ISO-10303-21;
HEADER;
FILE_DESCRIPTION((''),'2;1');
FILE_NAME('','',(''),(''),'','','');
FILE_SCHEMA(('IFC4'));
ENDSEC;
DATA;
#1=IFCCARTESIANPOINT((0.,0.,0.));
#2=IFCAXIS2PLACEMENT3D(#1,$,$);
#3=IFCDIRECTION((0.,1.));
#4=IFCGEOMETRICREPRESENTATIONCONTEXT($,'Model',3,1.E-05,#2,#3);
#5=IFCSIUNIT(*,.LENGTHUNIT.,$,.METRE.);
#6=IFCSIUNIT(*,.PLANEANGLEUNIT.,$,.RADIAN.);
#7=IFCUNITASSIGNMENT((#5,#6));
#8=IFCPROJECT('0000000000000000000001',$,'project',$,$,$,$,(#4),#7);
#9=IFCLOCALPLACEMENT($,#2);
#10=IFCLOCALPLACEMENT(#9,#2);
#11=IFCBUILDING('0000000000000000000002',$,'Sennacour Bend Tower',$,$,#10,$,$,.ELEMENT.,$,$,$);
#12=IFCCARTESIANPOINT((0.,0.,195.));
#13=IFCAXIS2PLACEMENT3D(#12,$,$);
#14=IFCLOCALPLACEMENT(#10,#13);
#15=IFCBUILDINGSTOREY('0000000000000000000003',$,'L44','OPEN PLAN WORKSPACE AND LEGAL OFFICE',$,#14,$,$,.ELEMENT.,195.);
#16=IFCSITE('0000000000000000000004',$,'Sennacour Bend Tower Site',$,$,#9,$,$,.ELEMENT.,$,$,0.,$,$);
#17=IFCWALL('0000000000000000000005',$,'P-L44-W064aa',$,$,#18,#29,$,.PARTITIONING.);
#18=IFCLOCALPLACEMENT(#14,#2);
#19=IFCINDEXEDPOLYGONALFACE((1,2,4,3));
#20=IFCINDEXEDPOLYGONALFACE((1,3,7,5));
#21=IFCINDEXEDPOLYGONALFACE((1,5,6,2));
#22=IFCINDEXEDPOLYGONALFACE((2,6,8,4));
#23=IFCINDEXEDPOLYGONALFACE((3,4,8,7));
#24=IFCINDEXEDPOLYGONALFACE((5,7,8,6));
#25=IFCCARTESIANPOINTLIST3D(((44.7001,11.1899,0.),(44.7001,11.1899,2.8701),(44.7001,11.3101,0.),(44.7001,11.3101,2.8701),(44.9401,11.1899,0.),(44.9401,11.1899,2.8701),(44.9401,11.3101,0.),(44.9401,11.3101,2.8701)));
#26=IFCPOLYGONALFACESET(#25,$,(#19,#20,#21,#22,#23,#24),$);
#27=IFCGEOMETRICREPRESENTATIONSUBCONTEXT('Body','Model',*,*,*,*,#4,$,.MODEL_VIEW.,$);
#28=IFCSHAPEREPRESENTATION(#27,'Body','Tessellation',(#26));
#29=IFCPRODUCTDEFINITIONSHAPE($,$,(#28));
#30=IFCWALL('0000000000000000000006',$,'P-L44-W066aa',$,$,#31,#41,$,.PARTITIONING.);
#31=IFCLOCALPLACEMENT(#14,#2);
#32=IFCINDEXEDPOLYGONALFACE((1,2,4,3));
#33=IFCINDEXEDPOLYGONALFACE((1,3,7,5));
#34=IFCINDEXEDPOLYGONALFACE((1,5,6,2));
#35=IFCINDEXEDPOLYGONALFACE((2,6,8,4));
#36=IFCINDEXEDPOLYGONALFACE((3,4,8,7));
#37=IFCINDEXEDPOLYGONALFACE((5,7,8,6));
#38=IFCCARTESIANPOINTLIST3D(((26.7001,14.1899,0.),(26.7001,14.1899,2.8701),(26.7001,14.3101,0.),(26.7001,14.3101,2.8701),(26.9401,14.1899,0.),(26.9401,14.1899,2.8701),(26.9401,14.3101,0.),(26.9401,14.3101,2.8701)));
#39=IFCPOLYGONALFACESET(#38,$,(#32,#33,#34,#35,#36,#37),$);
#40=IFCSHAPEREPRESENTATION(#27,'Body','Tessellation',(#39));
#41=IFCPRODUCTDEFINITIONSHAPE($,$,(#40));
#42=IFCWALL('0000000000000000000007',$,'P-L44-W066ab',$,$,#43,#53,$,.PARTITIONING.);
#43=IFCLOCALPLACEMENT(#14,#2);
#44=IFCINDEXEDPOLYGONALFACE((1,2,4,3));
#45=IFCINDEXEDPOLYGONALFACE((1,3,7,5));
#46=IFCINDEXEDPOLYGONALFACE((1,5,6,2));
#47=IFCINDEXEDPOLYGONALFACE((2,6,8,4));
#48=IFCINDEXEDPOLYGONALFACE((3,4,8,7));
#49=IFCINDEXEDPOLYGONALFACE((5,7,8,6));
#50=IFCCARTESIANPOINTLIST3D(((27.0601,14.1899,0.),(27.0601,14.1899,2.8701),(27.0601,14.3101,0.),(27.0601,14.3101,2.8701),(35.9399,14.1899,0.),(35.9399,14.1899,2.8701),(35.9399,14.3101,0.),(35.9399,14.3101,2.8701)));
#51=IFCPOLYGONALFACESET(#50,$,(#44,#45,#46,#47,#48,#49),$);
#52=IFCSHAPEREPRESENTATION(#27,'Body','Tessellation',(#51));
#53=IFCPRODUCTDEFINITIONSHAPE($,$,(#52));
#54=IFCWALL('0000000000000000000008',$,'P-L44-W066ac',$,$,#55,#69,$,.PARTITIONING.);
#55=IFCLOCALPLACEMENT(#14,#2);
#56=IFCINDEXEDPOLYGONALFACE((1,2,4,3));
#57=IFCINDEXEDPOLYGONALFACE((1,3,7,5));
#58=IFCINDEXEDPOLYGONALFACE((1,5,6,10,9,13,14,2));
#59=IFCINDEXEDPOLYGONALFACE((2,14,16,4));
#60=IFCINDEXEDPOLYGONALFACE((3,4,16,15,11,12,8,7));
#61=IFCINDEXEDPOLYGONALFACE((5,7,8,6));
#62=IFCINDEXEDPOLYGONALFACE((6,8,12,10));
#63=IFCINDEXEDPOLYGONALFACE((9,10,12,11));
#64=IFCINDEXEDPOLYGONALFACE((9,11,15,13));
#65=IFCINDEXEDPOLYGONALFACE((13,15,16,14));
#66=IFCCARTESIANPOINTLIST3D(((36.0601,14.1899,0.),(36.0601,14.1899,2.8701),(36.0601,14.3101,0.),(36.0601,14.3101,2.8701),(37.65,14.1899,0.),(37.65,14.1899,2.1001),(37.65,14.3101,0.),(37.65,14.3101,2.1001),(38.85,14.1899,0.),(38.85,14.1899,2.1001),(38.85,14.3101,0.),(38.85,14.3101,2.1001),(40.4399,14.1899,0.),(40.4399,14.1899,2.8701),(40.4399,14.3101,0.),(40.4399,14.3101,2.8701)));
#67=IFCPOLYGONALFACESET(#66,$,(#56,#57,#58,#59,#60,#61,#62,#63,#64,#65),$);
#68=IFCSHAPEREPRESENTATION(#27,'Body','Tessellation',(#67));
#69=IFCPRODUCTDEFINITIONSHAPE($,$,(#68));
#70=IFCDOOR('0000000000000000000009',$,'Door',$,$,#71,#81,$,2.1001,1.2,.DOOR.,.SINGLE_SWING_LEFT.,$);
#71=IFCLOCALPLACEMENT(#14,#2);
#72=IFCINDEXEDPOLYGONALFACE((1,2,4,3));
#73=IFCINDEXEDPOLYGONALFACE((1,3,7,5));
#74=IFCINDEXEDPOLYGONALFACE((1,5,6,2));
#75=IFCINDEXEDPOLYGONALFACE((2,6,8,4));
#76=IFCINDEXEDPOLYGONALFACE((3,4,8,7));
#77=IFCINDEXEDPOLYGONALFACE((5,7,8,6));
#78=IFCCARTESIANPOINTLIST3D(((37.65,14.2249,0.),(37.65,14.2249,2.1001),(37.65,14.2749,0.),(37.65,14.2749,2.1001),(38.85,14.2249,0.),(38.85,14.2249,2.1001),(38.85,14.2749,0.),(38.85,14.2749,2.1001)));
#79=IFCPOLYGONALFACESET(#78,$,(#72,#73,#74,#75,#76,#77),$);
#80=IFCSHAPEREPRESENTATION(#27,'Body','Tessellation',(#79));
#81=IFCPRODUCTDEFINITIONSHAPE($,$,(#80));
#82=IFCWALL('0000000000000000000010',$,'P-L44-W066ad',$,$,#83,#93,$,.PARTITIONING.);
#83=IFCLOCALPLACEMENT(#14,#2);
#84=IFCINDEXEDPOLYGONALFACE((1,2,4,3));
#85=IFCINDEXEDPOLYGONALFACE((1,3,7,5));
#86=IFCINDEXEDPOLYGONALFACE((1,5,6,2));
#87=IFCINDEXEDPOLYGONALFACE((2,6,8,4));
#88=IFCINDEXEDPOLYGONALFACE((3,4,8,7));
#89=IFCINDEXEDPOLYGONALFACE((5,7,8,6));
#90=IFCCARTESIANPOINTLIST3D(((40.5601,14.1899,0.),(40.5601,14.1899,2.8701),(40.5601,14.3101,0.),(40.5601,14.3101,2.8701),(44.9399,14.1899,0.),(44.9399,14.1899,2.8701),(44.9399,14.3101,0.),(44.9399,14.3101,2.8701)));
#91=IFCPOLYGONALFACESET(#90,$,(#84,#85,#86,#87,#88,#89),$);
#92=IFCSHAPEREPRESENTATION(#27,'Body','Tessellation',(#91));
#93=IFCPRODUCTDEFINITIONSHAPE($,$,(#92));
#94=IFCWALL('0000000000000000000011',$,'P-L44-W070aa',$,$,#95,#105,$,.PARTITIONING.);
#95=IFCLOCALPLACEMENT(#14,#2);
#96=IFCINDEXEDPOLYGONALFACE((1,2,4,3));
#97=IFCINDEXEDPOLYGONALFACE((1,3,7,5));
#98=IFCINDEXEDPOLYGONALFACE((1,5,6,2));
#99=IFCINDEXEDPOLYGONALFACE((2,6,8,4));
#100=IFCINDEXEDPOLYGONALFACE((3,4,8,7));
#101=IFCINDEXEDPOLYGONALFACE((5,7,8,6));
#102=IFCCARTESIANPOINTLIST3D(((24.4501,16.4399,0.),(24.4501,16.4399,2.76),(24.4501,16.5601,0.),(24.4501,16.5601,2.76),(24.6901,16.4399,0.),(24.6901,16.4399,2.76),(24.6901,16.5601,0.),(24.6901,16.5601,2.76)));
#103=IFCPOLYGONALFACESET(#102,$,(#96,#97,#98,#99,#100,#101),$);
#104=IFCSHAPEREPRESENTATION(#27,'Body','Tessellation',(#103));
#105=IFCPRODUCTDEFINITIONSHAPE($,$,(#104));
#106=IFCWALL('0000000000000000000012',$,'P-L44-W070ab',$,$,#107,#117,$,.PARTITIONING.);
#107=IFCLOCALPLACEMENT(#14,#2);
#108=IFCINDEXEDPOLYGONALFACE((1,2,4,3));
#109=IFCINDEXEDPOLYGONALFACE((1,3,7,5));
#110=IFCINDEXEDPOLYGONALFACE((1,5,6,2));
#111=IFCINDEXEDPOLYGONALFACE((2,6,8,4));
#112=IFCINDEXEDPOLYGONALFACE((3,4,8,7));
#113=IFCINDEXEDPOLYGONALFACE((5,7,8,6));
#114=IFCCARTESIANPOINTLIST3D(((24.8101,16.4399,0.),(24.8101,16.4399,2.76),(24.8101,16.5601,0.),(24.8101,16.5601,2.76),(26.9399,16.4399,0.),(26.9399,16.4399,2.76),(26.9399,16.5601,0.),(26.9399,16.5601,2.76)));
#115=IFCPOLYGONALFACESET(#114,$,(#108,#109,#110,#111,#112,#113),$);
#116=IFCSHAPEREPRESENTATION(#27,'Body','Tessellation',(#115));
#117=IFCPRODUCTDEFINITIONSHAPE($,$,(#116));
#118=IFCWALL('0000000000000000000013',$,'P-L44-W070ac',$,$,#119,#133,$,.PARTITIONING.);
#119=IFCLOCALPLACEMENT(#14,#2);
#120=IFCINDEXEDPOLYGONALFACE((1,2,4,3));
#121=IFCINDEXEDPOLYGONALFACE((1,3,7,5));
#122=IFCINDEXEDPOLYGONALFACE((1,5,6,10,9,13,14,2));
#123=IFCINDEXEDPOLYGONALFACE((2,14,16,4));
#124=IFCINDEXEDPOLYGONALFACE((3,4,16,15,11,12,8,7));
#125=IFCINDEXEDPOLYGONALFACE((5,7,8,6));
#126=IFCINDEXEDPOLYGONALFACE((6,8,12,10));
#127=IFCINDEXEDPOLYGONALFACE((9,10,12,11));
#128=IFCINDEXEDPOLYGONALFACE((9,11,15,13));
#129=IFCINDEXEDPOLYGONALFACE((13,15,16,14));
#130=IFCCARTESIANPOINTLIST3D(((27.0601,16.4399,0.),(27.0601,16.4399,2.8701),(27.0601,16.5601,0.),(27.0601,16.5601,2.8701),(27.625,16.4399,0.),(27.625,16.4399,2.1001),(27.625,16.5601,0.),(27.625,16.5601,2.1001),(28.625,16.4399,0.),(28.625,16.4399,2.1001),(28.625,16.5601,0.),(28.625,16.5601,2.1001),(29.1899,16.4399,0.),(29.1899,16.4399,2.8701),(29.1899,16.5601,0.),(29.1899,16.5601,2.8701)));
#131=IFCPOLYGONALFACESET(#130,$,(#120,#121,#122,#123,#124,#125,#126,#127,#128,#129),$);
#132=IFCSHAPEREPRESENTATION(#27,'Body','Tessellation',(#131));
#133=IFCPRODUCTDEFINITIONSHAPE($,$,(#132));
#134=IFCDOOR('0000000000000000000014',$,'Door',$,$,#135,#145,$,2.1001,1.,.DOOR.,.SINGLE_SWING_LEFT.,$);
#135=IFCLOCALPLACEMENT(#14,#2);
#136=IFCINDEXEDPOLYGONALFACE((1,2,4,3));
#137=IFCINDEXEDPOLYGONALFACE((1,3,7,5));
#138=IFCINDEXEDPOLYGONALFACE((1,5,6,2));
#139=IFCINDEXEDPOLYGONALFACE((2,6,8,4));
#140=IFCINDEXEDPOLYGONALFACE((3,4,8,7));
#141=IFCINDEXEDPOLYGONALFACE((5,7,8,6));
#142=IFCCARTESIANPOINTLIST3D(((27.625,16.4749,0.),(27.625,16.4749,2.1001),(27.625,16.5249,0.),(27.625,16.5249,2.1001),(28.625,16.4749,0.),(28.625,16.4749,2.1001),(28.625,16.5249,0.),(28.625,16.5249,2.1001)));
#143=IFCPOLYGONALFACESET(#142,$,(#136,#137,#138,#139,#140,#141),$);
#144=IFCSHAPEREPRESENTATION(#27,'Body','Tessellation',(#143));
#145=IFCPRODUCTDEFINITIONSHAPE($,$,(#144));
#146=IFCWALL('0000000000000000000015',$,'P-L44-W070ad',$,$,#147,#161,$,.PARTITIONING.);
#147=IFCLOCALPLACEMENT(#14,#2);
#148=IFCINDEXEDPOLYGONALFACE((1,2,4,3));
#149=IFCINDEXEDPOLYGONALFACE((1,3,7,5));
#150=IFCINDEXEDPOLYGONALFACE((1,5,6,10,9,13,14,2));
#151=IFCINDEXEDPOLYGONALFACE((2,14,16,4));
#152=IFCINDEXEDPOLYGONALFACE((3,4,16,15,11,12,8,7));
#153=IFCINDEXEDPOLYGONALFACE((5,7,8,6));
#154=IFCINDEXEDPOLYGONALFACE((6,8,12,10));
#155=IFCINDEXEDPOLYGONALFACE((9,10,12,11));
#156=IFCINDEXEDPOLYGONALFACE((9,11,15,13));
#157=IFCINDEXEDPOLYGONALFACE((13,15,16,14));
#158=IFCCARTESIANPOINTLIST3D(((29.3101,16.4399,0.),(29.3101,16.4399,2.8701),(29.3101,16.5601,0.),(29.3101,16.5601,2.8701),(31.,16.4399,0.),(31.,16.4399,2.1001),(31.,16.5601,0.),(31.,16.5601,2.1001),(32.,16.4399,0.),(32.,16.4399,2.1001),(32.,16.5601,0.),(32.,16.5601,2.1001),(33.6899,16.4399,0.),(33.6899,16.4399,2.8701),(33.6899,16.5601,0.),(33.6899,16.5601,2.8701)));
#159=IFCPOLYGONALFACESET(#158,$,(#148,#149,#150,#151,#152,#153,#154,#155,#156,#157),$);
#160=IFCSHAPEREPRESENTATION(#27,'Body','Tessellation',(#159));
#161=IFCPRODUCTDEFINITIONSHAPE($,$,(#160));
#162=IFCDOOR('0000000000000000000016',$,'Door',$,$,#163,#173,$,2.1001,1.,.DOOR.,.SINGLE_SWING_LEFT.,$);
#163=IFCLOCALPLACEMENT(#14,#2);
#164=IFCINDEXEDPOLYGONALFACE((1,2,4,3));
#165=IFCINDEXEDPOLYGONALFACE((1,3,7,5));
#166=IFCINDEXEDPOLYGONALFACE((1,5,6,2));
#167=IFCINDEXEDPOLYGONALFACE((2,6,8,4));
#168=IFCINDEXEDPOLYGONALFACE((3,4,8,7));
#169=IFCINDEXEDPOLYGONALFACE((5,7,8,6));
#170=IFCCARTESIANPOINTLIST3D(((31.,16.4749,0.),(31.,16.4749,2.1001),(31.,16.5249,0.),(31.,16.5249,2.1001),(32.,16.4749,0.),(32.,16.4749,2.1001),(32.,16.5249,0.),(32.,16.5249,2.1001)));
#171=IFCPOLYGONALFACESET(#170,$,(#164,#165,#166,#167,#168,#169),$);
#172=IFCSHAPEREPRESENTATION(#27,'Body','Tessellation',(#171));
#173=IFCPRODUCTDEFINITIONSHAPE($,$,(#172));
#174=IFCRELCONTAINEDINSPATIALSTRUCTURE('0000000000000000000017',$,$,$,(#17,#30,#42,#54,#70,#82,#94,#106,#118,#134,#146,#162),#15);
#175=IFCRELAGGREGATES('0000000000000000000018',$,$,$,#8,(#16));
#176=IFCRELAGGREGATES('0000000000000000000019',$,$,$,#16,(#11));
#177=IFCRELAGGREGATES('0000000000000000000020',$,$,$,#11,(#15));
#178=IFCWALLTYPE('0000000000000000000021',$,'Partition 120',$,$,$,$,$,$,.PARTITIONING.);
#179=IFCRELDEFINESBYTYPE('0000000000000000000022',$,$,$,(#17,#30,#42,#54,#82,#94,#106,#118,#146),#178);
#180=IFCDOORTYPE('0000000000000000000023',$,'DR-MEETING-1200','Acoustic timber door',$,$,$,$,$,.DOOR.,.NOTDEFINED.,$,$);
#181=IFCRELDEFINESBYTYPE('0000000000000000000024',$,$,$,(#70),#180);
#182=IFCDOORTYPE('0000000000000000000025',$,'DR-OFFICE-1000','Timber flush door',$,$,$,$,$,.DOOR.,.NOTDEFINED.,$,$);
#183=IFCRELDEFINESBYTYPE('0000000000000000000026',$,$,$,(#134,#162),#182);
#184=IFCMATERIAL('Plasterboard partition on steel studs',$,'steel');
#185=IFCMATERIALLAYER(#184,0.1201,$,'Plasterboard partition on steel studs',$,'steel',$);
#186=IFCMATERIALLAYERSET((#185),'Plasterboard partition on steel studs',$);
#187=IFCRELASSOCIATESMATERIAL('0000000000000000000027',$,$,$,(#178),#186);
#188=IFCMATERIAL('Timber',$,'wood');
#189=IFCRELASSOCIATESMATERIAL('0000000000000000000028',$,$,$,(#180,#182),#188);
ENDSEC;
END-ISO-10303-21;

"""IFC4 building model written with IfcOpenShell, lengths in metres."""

from ifc_helpers import new_model, si_unit, direction, frame, frame_2d, origin, place, context, subcontext, project, spatial, rectangle, extrude, material, layer, layer_set, type_object, element, fill, save


model = new_model("IFC4")

# Units and contexts
model_context = context("Model", 3, precision=1e-05, world=origin(), true_north=direction((0.0, 1.0)))
body_context = subcontext(model_context, "Body", "Model", "MODEL_VIEW")
ifc_project = project(units=[si_unit("LENGTHUNIT", "METRE"), si_unit("PLANEANGLEUNIT", "RADIAN")], contexts=[model_context])

# Site, building, storey
site_placement = place(None, origin())
site = spatial("IfcSite", under=ifc_project, at=site_placement, Name="Sennacour Bend Tower Site", CompositionType="ELEMENT", RefElevation=0.0)
building_placement = place(site_placement, origin())
building = spatial("IfcBuilding", under=site, at=building_placement, Name="Sennacour Bend Tower", CompositionType="ELEMENT")
storey_placement = place(building_placement, frame((0.0, 0.0, 195.0)))
storey = spatial("IfcBuildingStorey", under=building, at=storey_placement, Name="L44", Description="OPEN PLAN WORKSPACE AND LEGAL OFFICE", CompositionType="ELEMENT", Elevation=195.0)

# Walls
ifc_material_1 = material(Name="Plasterboard partition on steel studs", Category="steel")
ifc_layer_1 = layer(ifc_material_1, 0.1201, Name="Plasterboard partition on steel studs", Category="steel")
ifc_layer_set_1 = layer_set([ifc_layer_1], Name="Plasterboard partition on steel studs")
wall_type_1 = type_object("IfcWallType", Name="Partition 120", PredefinedType="PARTITIONING", material=ifc_layer_set_1)
for number, where, z_axis, x_axis, name in (
    (1, (44.7, 11.25, 0.0), (0.0, 0.0, 1.0), (1.0, 0.0, 0.0), "P-L44-W064aa"),
    (2, (26.7, 14.25, 0.0), (0.0, 0.0, 1.0), (1.0, 0.0, 0.0), "P-L44-W066aa"),
):
    element("IfcWall", number, at=place(storey_placement, frame(where, z_axis=z_axis, x_axis=x_axis)), inside=storey, type_object=wall_type_1, Name=name, PredefinedType="PARTITIONING", context=body_context, shape_type="SweptSolid", body=[
        extrude(rectangle(XDim=0.24, YDim=0.1201, at=frame_2d((0.1201, 0.0))), origin(), (0.0, 0.0, 1.0), 2.8701),
    ])
wall_1_placement = place(storey_placement, frame((27.0601, 14.25, 0.0), z_axis=(0.0, 0.0, 1.0), x_axis=(1.0, 0.0, 0.0)))
element("IfcWall", 3, at=wall_1_placement, inside=storey, type_object=wall_type_1, Name="P-L44-W066ab", PredefinedType="PARTITIONING", context=body_context, shape_type="SweptSolid", body=[
    extrude(rectangle(XDim=8.8799, YDim=0.1201, at=frame_2d((4.4399, 0.0))), origin(), (0.0, 0.0, 1.0), 2.8701),
])

# Wall, opening, door
wall_2_placement = place(storey_placement, frame((36.0601, 14.25, 0.0), z_axis=(0.0, 0.0, 1.0), x_axis=(1.0, 0.0, 0.0)))
wall_2 = element("IfcWall", 4, at=wall_2_placement, inside=storey, type_object=wall_type_1, Name="P-L44-W066ac", PredefinedType="PARTITIONING", context=body_context, shape_type="SweptSolid", body=[
    extrude(rectangle(XDim=4.3799, YDim=0.1201, at=frame_2d((2.1899, 0.0))), origin(), (0.0, 0.0, 1.0), 2.8701),
])
opening_1_placement = place(wall_2_placement, frame((1.5898, 0.0, 0.0)))
opening_1 = element("IfcOpeningElement", 5, at=opening_1_placement, cuts=wall_2, PredefinedType="OPENING", context=body_context, shape_type="SweptSolid", body=[
    extrude(rectangle(XDim=1.2, YDim=2.1001, at=frame_2d((0.6001, 1.05))), frame((0.0, 0.0701, 0.0), z_axis=(0.0, -1.0, 0.0), x_axis=(1.0, 0.0, 0.0)), (0.0, 0.0, 1.0), 0.1401),
])
ifc_material_2 = material(Name="Timber", Category="wood")
door_type_1 = type_object("IfcDoorType", Name="DR-MEETING-1200", Description="Acoustic timber door", OperationType="NOTDEFINED", PredefinedType="DOOR", material=ifc_material_2)
door_1_placement = place(opening_1_placement, origin())
door_1 = element("IfcDoor", 6, at=door_1_placement, inside=storey, type_object=door_type_1, Name="Door", OperationType="SINGLE_SWING_LEFT", OverallHeight=2.1001, OverallWidth=1.2, PredefinedType="DOOR", context=body_context, shape_type="SweptSolid", body=[
    extrude(rectangle(XDim=1.2, YDim=2.1001, at=frame_2d((0.6001, 1.05))), frame((0.0, 0.0249, 0.0), z_axis=(0.0, -1.0, 0.0), x_axis=(1.0, 0.0, 0.0)), (0.0, 0.0, 1.0), 0.05),
])
fill(opening_1, door_1)

# Walls
wall_3_placement = place(storey_placement, frame((40.5601, 14.25, 0.0), z_axis=(0.0, 0.0, 1.0), x_axis=(1.0, 0.0, 0.0)))
element("IfcWall", 7, at=wall_3_placement, inside=storey, type_object=wall_type_1, Name="P-L44-W066ad", PredefinedType="PARTITIONING", context=body_context, shape_type="SweptSolid", body=[
    extrude(rectangle(XDim=4.3799, YDim=0.1201, at=frame_2d((2.1899, 0.0))), origin(), (0.0, 0.0, 1.0), 2.8701),
])
wall_4_placement = place(storey_placement, frame((24.45, 16.5, 0.0), z_axis=(0.0, 0.0, 1.0), x_axis=(1.0, 0.0, 0.0)))
element("IfcWall", 8, at=wall_4_placement, inside=storey, type_object=wall_type_1, Name="P-L44-W070aa", PredefinedType="PARTITIONING", context=body_context, shape_type="SweptSolid", body=[
    extrude(rectangle(XDim=0.24, YDim=0.1201, at=frame_2d((0.1201, 0.0))), origin(), (0.0, 0.0, 1.0), 2.76),
])
wall_5_placement = place(storey_placement, frame((24.8101, 16.5, 0.0), z_axis=(0.0, 0.0, 1.0), x_axis=(1.0, 0.0, 0.0)))
element("IfcWall", 9, at=wall_5_placement, inside=storey, type_object=wall_type_1, Name="P-L44-W070ab", PredefinedType="PARTITIONING", context=body_context, shape_type="SweptSolid", body=[
    extrude(rectangle(XDim=2.1299, YDim=0.1201, at=frame_2d((1.0649, 0.0))), origin(), (0.0, 0.0, 1.0), 2.76),
])

# Walls, openings, doors
wall_6_placement = place(storey_placement, frame((27.0601, 16.5, 0.0), z_axis=(0.0, 0.0, 1.0), x_axis=(1.0, 0.0, 0.0)))
wall_6 = element("IfcWall", 10, at=wall_6_placement, inside=storey, type_object=wall_type_1, Name="P-L44-W070ac", PredefinedType="PARTITIONING", context=body_context, shape_type="SweptSolid", body=[
    extrude(rectangle(XDim=2.1299, YDim=0.1201, at=frame_2d((1.0649, 0.0))), origin(), (0.0, 0.0, 1.0), 2.8701),
])
opening_2_placement = place(wall_6_placement, frame((0.5649, 0.0, 0.0)))
opening_2 = element("IfcOpeningElement", 11, at=opening_2_placement, cuts=wall_6, PredefinedType="OPENING", context=body_context, shape_type="SweptSolid", body=[
    extrude(rectangle(XDim=1.0, YDim=2.1001, at=frame_2d((0.5, 1.05))), frame((0.0, 0.0701, 0.0), z_axis=(0.0, -1.0, 0.0), x_axis=(1.0, 0.0, 0.0)), (0.0, 0.0, 1.0), 0.1401),
])
door_type_2 = type_object("IfcDoorType", Name="DR-OFFICE-1000", Description="Timber flush door", OperationType="NOTDEFINED", PredefinedType="DOOR", material=ifc_material_2)
door_2_placement = place(opening_2_placement, origin())
door_2 = element("IfcDoor", 12, at=door_2_placement, inside=storey, type_object=door_type_2, Name="Door", OperationType="SINGLE_SWING_LEFT", OverallHeight=2.1001, OverallWidth=1.0, PredefinedType="DOOR", context=body_context, shape_type="SweptSolid", body=[
    extrude(rectangle(XDim=1.0, YDim=2.1001, at=frame_2d((0.5, 1.05))), frame((0.0, 0.0249, 0.0), z_axis=(0.0, -1.0, 0.0), x_axis=(1.0, 0.0, 0.0)), (0.0, 0.0, 1.0), 0.05),
])
fill(opening_2, door_2)
wall_7_placement = place(storey_placement, frame((29.3101, 16.5, 0.0), z_axis=(0.0, 0.0, 1.0), x_axis=(1.0, 0.0, 0.0)))
wall_7 = element("IfcWall", 13, at=wall_7_placement, inside=storey, type_object=wall_type_1, Name="P-L44-W070ad", PredefinedType="PARTITIONING", context=body_context, shape_type="SweptSolid", body=[
    extrude(rectangle(XDim=4.3799, YDim=0.1201, at=frame_2d((2.1899, 0.0))), origin(), (0.0, 0.0, 1.0), 2.8701),
])
opening_3_placement = place(wall_7_placement, frame((1.6899, 0.0, 0.0)))
opening_3 = element("IfcOpeningElement", 14, at=opening_3_placement, cuts=wall_7, PredefinedType="OPENING", context=body_context, shape_type="SweptSolid", body=[
    extrude(rectangle(XDim=1.0, YDim=2.1001, at=frame_2d((0.5, 1.05))), frame((0.0, 0.0701, 0.0), z_axis=(0.0, -1.0, 0.0), x_axis=(1.0, 0.0, 0.0)), (0.0, 0.0, 1.0), 0.1401),
])
door_3_placement = place(opening_3_placement, origin())
door_3 = element("IfcDoor", 15, at=door_3_placement, inside=storey, type_object=door_type_2, Name="Door", OperationType="SINGLE_SWING_LEFT", OverallHeight=2.1001, OverallWidth=1.0, PredefinedType="DOOR", context=body_context, shape_type="SweptSolid", body=[
    extrude(rectangle(XDim=1.0, YDim=2.1001, at=frame_2d((0.5, 1.05))), frame((0.0, 0.0249, 0.0), z_axis=(0.0, -1.0, 0.0), x_axis=(1.0, 0.0, 0.0)), (0.0, 0.0, 1.0), 0.05),
])
fill(opening_3, door_3)

save(model, "model.ifc")
